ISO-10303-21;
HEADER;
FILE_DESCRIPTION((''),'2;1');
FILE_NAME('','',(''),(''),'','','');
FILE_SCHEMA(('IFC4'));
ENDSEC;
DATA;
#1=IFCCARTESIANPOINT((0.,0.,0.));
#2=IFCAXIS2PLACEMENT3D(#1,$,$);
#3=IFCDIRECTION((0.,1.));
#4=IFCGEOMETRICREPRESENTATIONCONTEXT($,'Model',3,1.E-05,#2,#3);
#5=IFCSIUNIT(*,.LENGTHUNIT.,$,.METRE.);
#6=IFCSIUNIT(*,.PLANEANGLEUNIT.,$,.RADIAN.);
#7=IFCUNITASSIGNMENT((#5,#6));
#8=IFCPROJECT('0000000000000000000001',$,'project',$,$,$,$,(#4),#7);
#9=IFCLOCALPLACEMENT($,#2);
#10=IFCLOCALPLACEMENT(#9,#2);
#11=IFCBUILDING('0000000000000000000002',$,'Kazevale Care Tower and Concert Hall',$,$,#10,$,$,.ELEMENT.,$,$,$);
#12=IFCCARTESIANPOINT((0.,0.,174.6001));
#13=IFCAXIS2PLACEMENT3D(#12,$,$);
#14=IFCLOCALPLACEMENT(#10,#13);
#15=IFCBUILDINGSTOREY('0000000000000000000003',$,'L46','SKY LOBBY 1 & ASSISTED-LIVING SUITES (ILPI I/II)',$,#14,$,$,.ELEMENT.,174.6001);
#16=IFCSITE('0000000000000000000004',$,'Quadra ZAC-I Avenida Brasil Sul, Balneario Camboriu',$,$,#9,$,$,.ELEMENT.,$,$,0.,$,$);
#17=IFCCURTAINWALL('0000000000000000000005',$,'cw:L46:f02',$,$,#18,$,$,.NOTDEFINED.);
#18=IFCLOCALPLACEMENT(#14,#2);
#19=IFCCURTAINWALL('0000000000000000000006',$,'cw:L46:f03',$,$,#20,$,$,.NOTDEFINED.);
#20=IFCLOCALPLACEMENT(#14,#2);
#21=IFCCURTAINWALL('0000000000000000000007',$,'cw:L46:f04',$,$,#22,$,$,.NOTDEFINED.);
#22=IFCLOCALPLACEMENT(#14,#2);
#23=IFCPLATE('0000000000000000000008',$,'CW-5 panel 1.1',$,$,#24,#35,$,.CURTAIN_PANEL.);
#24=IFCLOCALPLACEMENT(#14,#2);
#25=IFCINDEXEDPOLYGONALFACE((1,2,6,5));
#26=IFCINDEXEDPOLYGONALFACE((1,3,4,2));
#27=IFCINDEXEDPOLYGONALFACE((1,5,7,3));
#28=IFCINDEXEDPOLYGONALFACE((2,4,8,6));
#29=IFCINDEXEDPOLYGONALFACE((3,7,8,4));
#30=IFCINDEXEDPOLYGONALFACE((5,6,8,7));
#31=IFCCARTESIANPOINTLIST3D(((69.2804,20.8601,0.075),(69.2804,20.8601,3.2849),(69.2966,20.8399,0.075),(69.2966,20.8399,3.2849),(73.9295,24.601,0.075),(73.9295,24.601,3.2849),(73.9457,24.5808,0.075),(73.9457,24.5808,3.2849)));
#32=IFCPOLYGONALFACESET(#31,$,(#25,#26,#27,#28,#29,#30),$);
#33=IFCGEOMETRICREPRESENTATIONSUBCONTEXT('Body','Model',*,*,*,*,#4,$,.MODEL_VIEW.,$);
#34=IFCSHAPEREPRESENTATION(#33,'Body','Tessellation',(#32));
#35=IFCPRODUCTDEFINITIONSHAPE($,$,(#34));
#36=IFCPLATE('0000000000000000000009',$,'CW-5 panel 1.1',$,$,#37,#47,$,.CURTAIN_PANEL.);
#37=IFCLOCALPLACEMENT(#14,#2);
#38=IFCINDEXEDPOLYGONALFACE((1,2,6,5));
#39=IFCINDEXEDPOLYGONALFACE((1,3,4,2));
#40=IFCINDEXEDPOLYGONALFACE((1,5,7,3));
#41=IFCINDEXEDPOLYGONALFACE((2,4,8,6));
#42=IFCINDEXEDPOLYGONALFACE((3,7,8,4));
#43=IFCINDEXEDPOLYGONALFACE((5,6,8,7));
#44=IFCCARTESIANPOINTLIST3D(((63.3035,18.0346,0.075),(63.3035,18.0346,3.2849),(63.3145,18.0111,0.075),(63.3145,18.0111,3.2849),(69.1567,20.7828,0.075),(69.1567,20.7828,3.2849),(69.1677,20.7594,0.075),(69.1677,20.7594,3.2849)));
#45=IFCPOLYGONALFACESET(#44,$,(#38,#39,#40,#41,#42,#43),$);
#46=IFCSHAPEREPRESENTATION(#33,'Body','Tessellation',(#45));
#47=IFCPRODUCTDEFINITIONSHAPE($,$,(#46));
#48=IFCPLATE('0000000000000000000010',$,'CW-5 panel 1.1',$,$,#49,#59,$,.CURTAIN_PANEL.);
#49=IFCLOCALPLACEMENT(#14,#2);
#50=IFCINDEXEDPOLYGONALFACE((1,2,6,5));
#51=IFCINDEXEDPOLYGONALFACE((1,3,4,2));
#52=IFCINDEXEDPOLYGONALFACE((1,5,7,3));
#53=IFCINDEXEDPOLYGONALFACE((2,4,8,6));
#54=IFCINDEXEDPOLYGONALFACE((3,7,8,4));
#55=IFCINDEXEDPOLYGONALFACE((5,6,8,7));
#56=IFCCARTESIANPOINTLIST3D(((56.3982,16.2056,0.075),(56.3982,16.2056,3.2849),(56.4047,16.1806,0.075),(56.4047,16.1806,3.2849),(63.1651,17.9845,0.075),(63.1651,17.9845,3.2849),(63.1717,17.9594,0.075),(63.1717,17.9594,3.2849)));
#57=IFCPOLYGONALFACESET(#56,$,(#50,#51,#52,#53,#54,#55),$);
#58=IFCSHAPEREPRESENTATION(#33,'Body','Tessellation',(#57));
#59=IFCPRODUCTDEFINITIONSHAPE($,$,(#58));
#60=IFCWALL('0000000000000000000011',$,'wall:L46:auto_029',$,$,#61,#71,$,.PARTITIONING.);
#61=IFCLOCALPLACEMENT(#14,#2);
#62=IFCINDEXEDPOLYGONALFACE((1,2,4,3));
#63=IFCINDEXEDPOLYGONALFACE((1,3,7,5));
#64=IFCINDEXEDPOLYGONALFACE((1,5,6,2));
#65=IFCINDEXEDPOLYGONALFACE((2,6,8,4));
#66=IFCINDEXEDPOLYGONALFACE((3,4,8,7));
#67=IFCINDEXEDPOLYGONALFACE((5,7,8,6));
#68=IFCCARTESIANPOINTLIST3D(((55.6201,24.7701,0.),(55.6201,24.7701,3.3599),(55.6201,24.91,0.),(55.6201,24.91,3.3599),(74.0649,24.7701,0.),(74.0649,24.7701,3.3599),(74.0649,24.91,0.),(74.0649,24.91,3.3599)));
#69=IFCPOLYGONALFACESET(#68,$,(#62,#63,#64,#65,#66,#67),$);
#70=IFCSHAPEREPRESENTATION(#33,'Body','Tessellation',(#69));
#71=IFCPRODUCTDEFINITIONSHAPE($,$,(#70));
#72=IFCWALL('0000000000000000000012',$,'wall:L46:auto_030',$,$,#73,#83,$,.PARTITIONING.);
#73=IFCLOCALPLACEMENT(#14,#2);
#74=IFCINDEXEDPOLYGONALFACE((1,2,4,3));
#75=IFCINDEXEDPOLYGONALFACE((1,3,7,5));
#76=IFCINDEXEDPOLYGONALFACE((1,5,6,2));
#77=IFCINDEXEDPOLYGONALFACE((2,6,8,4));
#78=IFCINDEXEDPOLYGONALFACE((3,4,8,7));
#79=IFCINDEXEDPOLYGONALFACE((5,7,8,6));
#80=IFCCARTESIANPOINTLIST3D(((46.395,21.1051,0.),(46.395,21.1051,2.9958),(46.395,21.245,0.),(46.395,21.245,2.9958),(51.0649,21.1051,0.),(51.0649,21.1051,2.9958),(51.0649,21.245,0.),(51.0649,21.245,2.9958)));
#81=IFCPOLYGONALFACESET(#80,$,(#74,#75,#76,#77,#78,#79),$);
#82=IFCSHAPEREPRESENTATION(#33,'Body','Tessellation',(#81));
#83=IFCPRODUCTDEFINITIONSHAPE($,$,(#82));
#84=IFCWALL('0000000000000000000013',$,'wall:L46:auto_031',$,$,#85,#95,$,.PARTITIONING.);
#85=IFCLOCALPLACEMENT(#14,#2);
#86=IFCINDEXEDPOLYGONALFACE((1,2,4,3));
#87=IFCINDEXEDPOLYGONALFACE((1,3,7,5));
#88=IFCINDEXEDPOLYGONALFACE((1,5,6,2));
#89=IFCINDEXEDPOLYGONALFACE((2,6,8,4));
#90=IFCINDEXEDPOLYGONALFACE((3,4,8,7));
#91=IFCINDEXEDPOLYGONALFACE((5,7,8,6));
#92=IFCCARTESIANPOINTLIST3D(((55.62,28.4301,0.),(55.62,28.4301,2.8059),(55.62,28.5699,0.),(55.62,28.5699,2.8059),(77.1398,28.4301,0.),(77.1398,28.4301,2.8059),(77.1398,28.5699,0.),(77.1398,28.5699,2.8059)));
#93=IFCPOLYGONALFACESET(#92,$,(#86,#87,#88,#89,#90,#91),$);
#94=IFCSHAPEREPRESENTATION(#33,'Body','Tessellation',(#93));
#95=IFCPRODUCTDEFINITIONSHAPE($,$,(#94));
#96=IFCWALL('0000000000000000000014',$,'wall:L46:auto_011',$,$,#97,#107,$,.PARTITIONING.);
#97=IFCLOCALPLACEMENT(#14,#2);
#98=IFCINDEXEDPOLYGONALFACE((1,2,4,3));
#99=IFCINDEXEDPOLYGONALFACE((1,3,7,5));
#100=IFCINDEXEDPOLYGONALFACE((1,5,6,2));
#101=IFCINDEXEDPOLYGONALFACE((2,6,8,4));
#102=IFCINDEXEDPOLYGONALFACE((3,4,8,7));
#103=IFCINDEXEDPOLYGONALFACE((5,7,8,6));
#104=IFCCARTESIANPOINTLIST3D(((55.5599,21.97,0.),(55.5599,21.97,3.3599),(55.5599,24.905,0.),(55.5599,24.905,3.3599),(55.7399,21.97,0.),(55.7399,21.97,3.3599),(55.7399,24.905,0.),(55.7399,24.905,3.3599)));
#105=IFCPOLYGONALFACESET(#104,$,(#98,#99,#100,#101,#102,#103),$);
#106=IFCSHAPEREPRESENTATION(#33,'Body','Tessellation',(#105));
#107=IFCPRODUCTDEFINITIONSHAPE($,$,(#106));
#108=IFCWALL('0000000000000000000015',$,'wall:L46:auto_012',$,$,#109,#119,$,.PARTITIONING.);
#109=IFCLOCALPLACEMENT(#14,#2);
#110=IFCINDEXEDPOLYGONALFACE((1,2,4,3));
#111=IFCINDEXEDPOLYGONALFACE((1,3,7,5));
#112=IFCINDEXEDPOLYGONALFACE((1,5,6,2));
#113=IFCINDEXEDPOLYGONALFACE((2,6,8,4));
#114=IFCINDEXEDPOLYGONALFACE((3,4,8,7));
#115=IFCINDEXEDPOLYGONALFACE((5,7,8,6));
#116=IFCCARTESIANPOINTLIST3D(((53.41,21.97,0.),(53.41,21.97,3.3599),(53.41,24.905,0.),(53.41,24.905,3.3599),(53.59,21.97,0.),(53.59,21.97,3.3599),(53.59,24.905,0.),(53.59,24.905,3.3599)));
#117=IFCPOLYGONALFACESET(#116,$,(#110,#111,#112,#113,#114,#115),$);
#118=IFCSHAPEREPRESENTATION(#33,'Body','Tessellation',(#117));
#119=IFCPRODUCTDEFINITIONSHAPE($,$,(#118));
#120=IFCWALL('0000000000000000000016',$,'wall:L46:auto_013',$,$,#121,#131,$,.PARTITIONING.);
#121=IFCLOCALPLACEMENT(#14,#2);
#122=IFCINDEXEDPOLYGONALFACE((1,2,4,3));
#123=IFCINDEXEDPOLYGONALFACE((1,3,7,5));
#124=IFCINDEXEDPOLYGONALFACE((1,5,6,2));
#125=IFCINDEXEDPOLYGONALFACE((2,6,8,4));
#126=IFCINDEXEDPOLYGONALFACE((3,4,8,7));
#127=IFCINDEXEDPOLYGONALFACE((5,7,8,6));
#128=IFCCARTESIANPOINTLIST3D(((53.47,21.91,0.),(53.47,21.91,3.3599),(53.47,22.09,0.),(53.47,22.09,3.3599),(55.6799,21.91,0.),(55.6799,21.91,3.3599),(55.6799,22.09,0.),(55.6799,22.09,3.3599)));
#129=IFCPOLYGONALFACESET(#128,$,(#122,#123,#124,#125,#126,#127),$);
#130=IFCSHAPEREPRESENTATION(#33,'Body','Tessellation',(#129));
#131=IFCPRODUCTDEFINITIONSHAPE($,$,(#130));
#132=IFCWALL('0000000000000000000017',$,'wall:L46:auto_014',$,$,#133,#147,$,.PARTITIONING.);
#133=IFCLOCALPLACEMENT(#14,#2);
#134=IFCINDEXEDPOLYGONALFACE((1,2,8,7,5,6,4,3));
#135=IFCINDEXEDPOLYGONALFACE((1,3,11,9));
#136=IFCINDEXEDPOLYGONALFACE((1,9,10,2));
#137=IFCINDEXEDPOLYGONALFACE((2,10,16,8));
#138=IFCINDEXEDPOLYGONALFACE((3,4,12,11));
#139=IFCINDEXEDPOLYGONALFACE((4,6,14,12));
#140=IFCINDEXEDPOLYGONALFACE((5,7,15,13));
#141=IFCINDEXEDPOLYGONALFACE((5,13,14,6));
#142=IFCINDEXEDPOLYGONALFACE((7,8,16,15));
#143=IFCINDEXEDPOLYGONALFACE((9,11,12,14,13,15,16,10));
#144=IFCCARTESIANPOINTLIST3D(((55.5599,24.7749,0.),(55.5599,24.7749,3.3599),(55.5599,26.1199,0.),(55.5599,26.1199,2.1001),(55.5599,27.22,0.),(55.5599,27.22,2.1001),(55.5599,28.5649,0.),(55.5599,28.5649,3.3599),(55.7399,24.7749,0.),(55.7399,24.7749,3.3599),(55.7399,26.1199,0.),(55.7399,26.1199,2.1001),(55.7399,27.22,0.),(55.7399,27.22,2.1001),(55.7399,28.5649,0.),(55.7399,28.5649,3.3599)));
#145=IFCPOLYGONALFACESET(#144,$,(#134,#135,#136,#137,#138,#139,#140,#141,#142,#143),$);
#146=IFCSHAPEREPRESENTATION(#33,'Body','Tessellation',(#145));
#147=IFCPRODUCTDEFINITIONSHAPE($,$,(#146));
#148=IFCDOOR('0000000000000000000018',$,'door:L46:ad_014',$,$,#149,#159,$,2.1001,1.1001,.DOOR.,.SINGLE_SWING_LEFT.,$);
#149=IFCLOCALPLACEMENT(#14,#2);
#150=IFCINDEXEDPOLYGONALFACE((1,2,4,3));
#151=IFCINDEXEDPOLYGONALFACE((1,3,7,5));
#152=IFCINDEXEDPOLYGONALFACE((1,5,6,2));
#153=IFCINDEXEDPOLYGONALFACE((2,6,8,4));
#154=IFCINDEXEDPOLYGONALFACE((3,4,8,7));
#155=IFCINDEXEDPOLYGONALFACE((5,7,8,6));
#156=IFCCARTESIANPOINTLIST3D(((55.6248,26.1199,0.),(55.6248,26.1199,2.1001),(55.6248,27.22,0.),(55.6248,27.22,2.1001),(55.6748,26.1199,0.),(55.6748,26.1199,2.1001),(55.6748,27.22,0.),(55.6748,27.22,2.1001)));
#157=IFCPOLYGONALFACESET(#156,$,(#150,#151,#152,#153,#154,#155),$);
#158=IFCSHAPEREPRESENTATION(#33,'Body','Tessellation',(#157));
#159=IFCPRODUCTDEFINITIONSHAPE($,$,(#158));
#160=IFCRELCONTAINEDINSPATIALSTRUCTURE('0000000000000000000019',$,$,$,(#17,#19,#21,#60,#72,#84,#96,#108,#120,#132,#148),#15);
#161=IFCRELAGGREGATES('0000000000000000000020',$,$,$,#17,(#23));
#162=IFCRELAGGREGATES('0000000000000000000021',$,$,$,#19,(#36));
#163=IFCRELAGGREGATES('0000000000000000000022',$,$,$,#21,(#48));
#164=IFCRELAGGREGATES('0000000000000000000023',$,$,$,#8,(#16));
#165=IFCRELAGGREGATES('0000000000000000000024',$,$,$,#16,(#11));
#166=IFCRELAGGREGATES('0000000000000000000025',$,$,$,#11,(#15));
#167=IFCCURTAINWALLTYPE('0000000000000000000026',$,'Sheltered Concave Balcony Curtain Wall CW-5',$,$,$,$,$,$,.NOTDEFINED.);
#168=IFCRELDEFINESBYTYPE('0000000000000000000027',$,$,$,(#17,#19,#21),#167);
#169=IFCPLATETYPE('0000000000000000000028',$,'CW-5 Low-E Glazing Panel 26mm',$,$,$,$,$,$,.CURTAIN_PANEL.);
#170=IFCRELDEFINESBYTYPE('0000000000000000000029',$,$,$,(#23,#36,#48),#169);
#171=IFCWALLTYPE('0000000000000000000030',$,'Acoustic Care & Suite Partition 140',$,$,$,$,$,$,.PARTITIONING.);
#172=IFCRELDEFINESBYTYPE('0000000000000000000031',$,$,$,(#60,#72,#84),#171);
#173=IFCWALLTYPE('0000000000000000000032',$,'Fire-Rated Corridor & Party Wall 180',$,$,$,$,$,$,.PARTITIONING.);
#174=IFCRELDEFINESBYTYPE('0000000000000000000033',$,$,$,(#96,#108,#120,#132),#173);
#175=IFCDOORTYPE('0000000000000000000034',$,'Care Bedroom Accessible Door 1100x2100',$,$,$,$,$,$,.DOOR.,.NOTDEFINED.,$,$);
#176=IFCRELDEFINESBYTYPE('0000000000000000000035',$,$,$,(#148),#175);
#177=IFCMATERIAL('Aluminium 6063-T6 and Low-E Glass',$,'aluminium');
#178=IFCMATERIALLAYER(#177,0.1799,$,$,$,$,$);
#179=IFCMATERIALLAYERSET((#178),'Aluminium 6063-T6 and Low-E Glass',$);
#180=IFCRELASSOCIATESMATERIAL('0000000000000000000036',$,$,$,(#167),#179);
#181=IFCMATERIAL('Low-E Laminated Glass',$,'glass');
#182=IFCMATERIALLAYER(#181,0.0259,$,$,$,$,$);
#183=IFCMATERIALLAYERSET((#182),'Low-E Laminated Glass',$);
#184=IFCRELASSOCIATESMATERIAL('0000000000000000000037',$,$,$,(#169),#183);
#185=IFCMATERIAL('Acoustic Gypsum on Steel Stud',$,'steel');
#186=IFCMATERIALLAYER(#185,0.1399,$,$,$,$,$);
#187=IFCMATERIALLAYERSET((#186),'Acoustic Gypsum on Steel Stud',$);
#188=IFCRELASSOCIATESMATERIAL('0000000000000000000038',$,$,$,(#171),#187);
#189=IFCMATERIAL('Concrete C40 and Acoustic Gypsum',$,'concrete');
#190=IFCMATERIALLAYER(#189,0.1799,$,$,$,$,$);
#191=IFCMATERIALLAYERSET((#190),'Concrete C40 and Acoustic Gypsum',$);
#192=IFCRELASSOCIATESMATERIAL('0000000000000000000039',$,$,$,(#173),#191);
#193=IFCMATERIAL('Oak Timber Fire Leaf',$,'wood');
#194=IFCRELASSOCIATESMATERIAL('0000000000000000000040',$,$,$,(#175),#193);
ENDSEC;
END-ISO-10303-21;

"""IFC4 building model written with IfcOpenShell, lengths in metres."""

from ifc_helpers import new_model, si_unit, direction, frame, frame_2d, origin, origin_2d, place, context, subcontext, project, spatial, rectangle, extrude, material, layer, layer_set, type_object, element, fill, aggregate, save


model = new_model("IFC4")

# Units and contexts
model_context = context("Model", 3, precision=1e-05, world=origin(), true_north=direction((0.0, 1.0)))
body_context = subcontext(model_context, "Body", "Model", "MODEL_VIEW")
ifc_project = project(units=[si_unit("LENGTHUNIT", "METRE"), si_unit("PLANEANGLEUNIT", "RADIAN")], contexts=[model_context])

# Site, building, storey
site_placement = place(None, origin())
site = spatial("IfcSite", under=ifc_project, at=site_placement, Name="Quadra ZAC-I Avenida Brasil Sul, Balneario Camboriu", CompositionType="ELEMENT", RefElevation=0.0)
building_placement = place(site_placement, origin())
building = spatial("IfcBuilding", under=site, at=building_placement, Name="Kazevale Care Tower and Concert Hall", CompositionType="ELEMENT")
storey_placement = place(building_placement, frame((0.0, 0.0, 174.6001)))
storey = spatial("IfcBuildingStorey", under=building, at=storey_placement, Name="L46", Description="SKY LOBBY 1 & ASSISTED-LIVING SUITES (ILPI I/II)", CompositionType="ELEMENT", Elevation=174.6001)

# Shared definitions
ifc_material_1 = material(Name="Aluminium 6063-T6 and Low-E Glass", Category="aluminium")

# Curtain walls
ifc_layer_1 = layer(ifc_material_1, 0.1799)
ifc_layer_set_1 = layer_set([ifc_layer_1], Name="Aluminium 6063-T6 and Low-E Glass")
curtain_wall_type_1 = type_object("IfcCurtainWallType", Name="Sheltered Concave Balcony Curtain Wall CW-5", PredefinedType="NOTDEFINED", material=ifc_layer_set_1)
curtain_wall_1_placement = place(storey_placement, origin())
curtain_wall_1 = element("IfcCurtainWall", 1, at=curtain_wall_1_placement, inside=storey, type_object=curtain_wall_type_1, Name="cw:L46:f02", PredefinedType="NOTDEFINED")
curtain_wall_2_placement = place(storey_placement, origin())
curtain_wall_2 = element("IfcCurtainWall", 2, at=curtain_wall_2_placement, inside=storey, type_object=curtain_wall_type_1, Name="cw:L46:f03", PredefinedType="NOTDEFINED")
curtain_wall_3_placement = place(storey_placement, origin())
curtain_wall_3 = element("IfcCurtainWall", 3, at=curtain_wall_3_placement, inside=storey, type_object=curtain_wall_type_1, Name="cw:L46:f04", PredefinedType="NOTDEFINED")

# Plates
ifc_material_2 = material(Name="Low-E Laminated Glass", Category="glass")
ifc_layer_2 = layer(ifc_material_2, 0.0259)
ifc_layer_set_2 = layer_set([ifc_layer_2], Name="Low-E Laminated Glass")
plate_type = type_object("IfcPlateType", Name="CW-5 Low-E Glazing Panel 26mm", PredefinedType="CURTAIN_PANEL", material=ifc_layer_set_2)
plate_1_placement = place(storey_placement, frame((71.613, 22.7205, 0.075), z_axis=(0.0, 0.0, 1.0), x_axis=(-0.779095, -0.626905, 0.0)))
plate_1 = element("IfcPlate", 4, at=plate_1_placement, type_object=plate_type, Name="CW-5 panel 1.1", PredefinedType="CURTAIN_PANEL", context=body_context, shape_type="SweptSolid", body=[
    extrude(rectangle(XDim=5.9673, YDim=0.0259, at=origin_2d()), origin(), (0.0, 0.0, 1.0), 3.21),
])
aggregate(curtain_wall_1, [plate_1])
plate_2_placement = place(storey_placement, frame((66.2356, 19.397, 0.075), z_axis=(0.0, 0.0, 1.0), x_axis=(-0.905188, -0.425011, 0.0)))
plate_2 = element("IfcPlate", 5, at=plate_2_placement, type_object=plate_type, Name="CW-5 panel 1.1", PredefinedType="CURTAIN_PANEL", context=body_context, shape_type="SweptSolid", body=[
    extrude(rectangle(XDim=6.4663, YDim=0.0259, at=origin_2d()), origin(), (0.0, 0.0, 1.0), 3.21),
])
aggregate(curtain_wall_2, [plate_2])
plate_3_placement = place(storey_placement, frame((59.7849, 17.0825, 0.075), z_axis=(0.0, 0.0, 1.0), x_axis=(-0.967142, -0.254238, 0.0)))
plate_3 = element("IfcPlate", 6, at=plate_3_placement, type_object=plate_type, Name="CW-5 panel 1.1", PredefinedType="CURTAIN_PANEL", context=body_context, shape_type="SweptSolid", body=[
    extrude(rectangle(XDim=6.9968, YDim=0.0259, at=origin_2d()), origin(), (0.0, 0.0, 1.0), 3.21),
])
aggregate(curtain_wall_3, [plate_3])

# Walls
ifc_material_3 = material(Name="Acoustic Gypsum on Steel Stud", Category="steel")
ifc_layer_3 = layer(ifc_material_3, 0.1399)
ifc_layer_set_3 = layer_set([ifc_layer_3], Name="Acoustic Gypsum on Steel Stud")
wall_type_1 = type_object("IfcWallType", Name="Acoustic Care & Suite Partition 140", PredefinedType="PARTITIONING", material=ifc_layer_set_3)
wall_1_placement = place(storey_placement, frame((55.6201, 24.8401, 0.0), z_axis=(0.0, 0.0, 1.0), x_axis=(1.0, 0.0, 0.0)))
element("IfcWall", 7, at=wall_1_placement, inside=storey, type_object=wall_type_1, Name="wall:L46:auto_029", PredefinedType="PARTITIONING", context=body_context, shape_type="SweptSolid", body=[
    extrude(rectangle(XDim=18.4448, YDim=0.1399, at=frame_2d((9.2224, 0.0))), origin(), (0.0, 0.0, 1.0), 3.3599),
])
wall_2_placement = place(storey_placement, frame((51.0649, 21.175, 0.0), z_axis=(0.0, 0.0, 1.0), x_axis=(-1.0, 0.0, 0.0)))
element("IfcWall", 8, at=wall_2_placement, inside=storey, type_object=wall_type_1, Name="wall:L46:auto_030", PredefinedType="PARTITIONING", context=body_context, shape_type="SweptSolid", body=[
    extrude(rectangle(XDim=4.6699, YDim=0.1399, at=frame_2d((2.335, 0.0))), origin(), (0.0, 0.0, 1.0), 2.9958),
])
wall_3_placement = place(storey_placement, frame((55.6201, 28.5, 0.0), z_axis=(0.0, 0.0, 1.0), x_axis=(1.0, 0.0, 0.0)))
element("IfcWall", 9, at=wall_3_placement, inside=storey, type_object=wall_type_1, Name="wall:L46:auto_031", PredefinedType="PARTITIONING", context=body_context, shape_type="SweptSolid", body=[
    extrude(rectangle(XDim=21.5198, YDim=0.1399, at=frame_2d((10.7598, 0.0))), origin(), (0.0, 0.0, 1.0), 2.8059),
])
ifc_material_4 = material(Name="Concrete C40 and Acoustic Gypsum", Category="concrete")
ifc_layer_4 = layer(ifc_material_4, 0.1799)
ifc_layer_set_4 = layer_set([ifc_layer_4], Name="Concrete C40 and Acoustic Gypsum")
wall_type_2 = type_object("IfcWallType", Name="Fire-Rated Corridor & Party Wall 180", PredefinedType="PARTITIONING", material=ifc_layer_set_4)
for number, where, z_axis, x_axis, name in (
    (10, (55.6499, 24.905, 0.0), (0.0, 0.0, 1.0), (0.0, -1.0, 0.0), "wall:L46:auto_011"),
    (11, (53.5, 21.97, 0.0), (0.0, 0.0, 1.0), (0.0, 1.0, 0.0), "wall:L46:auto_012"),
):
    element("IfcWall", number, at=place(storey_placement, frame(where, z_axis=z_axis, x_axis=x_axis)), inside=storey, type_object=wall_type_2, Name=name, PredefinedType="PARTITIONING", context=body_context, shape_type="SweptSolid", body=[
        extrude(rectangle(XDim=2.9351, YDim=0.1799, at=frame_2d((1.4675, 0.0))), origin(), (0.0, 0.0, 1.0), 3.3599),
    ])
wall_4_placement = place(storey_placement, frame((55.6799, 22.0, 0.0), z_axis=(0.0, 0.0, 1.0), x_axis=(-1.0, 0.0, 0.0)))
element("IfcWall", 12, at=wall_4_placement, inside=storey, type_object=wall_type_2, Name="wall:L46:auto_013", PredefinedType="PARTITIONING", context=body_context, shape_type="SweptSolid", body=[
    extrude(rectangle(XDim=2.21, YDim=0.1799, at=frame_2d((1.105, 0.0))), origin(), (0.0, 0.0, 1.0), 3.3599),
])

# Wall, opening, door
wall_5_placement = place(storey_placement, frame((55.6499, 28.5649, 0.0), z_axis=(0.0, 0.0, 1.0), x_axis=(0.0, -1.0, 0.0)))
wall_5 = element("IfcWall", 13, at=wall_5_placement, inside=storey, type_object=wall_type_2, Name="wall:L46:auto_014", PredefinedType="PARTITIONING", context=body_context, shape_type="SweptSolid", body=[
    extrude(rectangle(XDim=3.79, YDim=0.1799, at=frame_2d((1.895, 0.0))), origin(), (0.0, 0.0, 1.0), 3.3599),
])
opening_1_placement = place(wall_5_placement, frame((1.345, 0.0, 0.0)))
opening_1 = element("IfcOpeningElement", 14, at=opening_1_placement, cuts=wall_5, PredefinedType="OPENING", context=body_context, shape_type="SweptSolid", body=[
    extrude(rectangle(XDim=1.1001, YDim=2.1001, at=frame_2d((0.55, 1.05))), frame((0.0, 0.0999, 0.0), z_axis=(0.0, -1.0, 0.0), x_axis=(1.0, 0.0, 0.0)), (0.0, 0.0, 1.0), 0.2),
])
ifc_material_5 = material(Name="Oak Timber Fire Leaf", Category="wood")
door_type_1 = type_object("IfcDoorType", Name="Care Bedroom Accessible Door 1100x2100", OperationType="NOTDEFINED", PredefinedType="DOOR", material=ifc_material_5)
door_1_placement = place(opening_1_placement, origin())
door_1 = element("IfcDoor", 15, at=door_1_placement, inside=storey, type_object=door_type_1, Name="door:L46:ad_014", OperationType="SINGLE_SWING_LEFT", OverallHeight=2.1001, OverallWidth=1.1001, PredefinedType="DOOR", context=body_context, shape_type="SweptSolid", body=[
    extrude(rectangle(XDim=1.1001, YDim=2.1001, at=frame_2d((0.55, 1.05))), frame((0.0, 0.0249, 0.0), z_axis=(0.0, -1.0, 0.0), x_axis=(1.0, 0.0, 0.0)), (0.0, 0.0, 1.0), 0.05),
])
fill(opening_1, door_1)

save(model, "model.ifc")
